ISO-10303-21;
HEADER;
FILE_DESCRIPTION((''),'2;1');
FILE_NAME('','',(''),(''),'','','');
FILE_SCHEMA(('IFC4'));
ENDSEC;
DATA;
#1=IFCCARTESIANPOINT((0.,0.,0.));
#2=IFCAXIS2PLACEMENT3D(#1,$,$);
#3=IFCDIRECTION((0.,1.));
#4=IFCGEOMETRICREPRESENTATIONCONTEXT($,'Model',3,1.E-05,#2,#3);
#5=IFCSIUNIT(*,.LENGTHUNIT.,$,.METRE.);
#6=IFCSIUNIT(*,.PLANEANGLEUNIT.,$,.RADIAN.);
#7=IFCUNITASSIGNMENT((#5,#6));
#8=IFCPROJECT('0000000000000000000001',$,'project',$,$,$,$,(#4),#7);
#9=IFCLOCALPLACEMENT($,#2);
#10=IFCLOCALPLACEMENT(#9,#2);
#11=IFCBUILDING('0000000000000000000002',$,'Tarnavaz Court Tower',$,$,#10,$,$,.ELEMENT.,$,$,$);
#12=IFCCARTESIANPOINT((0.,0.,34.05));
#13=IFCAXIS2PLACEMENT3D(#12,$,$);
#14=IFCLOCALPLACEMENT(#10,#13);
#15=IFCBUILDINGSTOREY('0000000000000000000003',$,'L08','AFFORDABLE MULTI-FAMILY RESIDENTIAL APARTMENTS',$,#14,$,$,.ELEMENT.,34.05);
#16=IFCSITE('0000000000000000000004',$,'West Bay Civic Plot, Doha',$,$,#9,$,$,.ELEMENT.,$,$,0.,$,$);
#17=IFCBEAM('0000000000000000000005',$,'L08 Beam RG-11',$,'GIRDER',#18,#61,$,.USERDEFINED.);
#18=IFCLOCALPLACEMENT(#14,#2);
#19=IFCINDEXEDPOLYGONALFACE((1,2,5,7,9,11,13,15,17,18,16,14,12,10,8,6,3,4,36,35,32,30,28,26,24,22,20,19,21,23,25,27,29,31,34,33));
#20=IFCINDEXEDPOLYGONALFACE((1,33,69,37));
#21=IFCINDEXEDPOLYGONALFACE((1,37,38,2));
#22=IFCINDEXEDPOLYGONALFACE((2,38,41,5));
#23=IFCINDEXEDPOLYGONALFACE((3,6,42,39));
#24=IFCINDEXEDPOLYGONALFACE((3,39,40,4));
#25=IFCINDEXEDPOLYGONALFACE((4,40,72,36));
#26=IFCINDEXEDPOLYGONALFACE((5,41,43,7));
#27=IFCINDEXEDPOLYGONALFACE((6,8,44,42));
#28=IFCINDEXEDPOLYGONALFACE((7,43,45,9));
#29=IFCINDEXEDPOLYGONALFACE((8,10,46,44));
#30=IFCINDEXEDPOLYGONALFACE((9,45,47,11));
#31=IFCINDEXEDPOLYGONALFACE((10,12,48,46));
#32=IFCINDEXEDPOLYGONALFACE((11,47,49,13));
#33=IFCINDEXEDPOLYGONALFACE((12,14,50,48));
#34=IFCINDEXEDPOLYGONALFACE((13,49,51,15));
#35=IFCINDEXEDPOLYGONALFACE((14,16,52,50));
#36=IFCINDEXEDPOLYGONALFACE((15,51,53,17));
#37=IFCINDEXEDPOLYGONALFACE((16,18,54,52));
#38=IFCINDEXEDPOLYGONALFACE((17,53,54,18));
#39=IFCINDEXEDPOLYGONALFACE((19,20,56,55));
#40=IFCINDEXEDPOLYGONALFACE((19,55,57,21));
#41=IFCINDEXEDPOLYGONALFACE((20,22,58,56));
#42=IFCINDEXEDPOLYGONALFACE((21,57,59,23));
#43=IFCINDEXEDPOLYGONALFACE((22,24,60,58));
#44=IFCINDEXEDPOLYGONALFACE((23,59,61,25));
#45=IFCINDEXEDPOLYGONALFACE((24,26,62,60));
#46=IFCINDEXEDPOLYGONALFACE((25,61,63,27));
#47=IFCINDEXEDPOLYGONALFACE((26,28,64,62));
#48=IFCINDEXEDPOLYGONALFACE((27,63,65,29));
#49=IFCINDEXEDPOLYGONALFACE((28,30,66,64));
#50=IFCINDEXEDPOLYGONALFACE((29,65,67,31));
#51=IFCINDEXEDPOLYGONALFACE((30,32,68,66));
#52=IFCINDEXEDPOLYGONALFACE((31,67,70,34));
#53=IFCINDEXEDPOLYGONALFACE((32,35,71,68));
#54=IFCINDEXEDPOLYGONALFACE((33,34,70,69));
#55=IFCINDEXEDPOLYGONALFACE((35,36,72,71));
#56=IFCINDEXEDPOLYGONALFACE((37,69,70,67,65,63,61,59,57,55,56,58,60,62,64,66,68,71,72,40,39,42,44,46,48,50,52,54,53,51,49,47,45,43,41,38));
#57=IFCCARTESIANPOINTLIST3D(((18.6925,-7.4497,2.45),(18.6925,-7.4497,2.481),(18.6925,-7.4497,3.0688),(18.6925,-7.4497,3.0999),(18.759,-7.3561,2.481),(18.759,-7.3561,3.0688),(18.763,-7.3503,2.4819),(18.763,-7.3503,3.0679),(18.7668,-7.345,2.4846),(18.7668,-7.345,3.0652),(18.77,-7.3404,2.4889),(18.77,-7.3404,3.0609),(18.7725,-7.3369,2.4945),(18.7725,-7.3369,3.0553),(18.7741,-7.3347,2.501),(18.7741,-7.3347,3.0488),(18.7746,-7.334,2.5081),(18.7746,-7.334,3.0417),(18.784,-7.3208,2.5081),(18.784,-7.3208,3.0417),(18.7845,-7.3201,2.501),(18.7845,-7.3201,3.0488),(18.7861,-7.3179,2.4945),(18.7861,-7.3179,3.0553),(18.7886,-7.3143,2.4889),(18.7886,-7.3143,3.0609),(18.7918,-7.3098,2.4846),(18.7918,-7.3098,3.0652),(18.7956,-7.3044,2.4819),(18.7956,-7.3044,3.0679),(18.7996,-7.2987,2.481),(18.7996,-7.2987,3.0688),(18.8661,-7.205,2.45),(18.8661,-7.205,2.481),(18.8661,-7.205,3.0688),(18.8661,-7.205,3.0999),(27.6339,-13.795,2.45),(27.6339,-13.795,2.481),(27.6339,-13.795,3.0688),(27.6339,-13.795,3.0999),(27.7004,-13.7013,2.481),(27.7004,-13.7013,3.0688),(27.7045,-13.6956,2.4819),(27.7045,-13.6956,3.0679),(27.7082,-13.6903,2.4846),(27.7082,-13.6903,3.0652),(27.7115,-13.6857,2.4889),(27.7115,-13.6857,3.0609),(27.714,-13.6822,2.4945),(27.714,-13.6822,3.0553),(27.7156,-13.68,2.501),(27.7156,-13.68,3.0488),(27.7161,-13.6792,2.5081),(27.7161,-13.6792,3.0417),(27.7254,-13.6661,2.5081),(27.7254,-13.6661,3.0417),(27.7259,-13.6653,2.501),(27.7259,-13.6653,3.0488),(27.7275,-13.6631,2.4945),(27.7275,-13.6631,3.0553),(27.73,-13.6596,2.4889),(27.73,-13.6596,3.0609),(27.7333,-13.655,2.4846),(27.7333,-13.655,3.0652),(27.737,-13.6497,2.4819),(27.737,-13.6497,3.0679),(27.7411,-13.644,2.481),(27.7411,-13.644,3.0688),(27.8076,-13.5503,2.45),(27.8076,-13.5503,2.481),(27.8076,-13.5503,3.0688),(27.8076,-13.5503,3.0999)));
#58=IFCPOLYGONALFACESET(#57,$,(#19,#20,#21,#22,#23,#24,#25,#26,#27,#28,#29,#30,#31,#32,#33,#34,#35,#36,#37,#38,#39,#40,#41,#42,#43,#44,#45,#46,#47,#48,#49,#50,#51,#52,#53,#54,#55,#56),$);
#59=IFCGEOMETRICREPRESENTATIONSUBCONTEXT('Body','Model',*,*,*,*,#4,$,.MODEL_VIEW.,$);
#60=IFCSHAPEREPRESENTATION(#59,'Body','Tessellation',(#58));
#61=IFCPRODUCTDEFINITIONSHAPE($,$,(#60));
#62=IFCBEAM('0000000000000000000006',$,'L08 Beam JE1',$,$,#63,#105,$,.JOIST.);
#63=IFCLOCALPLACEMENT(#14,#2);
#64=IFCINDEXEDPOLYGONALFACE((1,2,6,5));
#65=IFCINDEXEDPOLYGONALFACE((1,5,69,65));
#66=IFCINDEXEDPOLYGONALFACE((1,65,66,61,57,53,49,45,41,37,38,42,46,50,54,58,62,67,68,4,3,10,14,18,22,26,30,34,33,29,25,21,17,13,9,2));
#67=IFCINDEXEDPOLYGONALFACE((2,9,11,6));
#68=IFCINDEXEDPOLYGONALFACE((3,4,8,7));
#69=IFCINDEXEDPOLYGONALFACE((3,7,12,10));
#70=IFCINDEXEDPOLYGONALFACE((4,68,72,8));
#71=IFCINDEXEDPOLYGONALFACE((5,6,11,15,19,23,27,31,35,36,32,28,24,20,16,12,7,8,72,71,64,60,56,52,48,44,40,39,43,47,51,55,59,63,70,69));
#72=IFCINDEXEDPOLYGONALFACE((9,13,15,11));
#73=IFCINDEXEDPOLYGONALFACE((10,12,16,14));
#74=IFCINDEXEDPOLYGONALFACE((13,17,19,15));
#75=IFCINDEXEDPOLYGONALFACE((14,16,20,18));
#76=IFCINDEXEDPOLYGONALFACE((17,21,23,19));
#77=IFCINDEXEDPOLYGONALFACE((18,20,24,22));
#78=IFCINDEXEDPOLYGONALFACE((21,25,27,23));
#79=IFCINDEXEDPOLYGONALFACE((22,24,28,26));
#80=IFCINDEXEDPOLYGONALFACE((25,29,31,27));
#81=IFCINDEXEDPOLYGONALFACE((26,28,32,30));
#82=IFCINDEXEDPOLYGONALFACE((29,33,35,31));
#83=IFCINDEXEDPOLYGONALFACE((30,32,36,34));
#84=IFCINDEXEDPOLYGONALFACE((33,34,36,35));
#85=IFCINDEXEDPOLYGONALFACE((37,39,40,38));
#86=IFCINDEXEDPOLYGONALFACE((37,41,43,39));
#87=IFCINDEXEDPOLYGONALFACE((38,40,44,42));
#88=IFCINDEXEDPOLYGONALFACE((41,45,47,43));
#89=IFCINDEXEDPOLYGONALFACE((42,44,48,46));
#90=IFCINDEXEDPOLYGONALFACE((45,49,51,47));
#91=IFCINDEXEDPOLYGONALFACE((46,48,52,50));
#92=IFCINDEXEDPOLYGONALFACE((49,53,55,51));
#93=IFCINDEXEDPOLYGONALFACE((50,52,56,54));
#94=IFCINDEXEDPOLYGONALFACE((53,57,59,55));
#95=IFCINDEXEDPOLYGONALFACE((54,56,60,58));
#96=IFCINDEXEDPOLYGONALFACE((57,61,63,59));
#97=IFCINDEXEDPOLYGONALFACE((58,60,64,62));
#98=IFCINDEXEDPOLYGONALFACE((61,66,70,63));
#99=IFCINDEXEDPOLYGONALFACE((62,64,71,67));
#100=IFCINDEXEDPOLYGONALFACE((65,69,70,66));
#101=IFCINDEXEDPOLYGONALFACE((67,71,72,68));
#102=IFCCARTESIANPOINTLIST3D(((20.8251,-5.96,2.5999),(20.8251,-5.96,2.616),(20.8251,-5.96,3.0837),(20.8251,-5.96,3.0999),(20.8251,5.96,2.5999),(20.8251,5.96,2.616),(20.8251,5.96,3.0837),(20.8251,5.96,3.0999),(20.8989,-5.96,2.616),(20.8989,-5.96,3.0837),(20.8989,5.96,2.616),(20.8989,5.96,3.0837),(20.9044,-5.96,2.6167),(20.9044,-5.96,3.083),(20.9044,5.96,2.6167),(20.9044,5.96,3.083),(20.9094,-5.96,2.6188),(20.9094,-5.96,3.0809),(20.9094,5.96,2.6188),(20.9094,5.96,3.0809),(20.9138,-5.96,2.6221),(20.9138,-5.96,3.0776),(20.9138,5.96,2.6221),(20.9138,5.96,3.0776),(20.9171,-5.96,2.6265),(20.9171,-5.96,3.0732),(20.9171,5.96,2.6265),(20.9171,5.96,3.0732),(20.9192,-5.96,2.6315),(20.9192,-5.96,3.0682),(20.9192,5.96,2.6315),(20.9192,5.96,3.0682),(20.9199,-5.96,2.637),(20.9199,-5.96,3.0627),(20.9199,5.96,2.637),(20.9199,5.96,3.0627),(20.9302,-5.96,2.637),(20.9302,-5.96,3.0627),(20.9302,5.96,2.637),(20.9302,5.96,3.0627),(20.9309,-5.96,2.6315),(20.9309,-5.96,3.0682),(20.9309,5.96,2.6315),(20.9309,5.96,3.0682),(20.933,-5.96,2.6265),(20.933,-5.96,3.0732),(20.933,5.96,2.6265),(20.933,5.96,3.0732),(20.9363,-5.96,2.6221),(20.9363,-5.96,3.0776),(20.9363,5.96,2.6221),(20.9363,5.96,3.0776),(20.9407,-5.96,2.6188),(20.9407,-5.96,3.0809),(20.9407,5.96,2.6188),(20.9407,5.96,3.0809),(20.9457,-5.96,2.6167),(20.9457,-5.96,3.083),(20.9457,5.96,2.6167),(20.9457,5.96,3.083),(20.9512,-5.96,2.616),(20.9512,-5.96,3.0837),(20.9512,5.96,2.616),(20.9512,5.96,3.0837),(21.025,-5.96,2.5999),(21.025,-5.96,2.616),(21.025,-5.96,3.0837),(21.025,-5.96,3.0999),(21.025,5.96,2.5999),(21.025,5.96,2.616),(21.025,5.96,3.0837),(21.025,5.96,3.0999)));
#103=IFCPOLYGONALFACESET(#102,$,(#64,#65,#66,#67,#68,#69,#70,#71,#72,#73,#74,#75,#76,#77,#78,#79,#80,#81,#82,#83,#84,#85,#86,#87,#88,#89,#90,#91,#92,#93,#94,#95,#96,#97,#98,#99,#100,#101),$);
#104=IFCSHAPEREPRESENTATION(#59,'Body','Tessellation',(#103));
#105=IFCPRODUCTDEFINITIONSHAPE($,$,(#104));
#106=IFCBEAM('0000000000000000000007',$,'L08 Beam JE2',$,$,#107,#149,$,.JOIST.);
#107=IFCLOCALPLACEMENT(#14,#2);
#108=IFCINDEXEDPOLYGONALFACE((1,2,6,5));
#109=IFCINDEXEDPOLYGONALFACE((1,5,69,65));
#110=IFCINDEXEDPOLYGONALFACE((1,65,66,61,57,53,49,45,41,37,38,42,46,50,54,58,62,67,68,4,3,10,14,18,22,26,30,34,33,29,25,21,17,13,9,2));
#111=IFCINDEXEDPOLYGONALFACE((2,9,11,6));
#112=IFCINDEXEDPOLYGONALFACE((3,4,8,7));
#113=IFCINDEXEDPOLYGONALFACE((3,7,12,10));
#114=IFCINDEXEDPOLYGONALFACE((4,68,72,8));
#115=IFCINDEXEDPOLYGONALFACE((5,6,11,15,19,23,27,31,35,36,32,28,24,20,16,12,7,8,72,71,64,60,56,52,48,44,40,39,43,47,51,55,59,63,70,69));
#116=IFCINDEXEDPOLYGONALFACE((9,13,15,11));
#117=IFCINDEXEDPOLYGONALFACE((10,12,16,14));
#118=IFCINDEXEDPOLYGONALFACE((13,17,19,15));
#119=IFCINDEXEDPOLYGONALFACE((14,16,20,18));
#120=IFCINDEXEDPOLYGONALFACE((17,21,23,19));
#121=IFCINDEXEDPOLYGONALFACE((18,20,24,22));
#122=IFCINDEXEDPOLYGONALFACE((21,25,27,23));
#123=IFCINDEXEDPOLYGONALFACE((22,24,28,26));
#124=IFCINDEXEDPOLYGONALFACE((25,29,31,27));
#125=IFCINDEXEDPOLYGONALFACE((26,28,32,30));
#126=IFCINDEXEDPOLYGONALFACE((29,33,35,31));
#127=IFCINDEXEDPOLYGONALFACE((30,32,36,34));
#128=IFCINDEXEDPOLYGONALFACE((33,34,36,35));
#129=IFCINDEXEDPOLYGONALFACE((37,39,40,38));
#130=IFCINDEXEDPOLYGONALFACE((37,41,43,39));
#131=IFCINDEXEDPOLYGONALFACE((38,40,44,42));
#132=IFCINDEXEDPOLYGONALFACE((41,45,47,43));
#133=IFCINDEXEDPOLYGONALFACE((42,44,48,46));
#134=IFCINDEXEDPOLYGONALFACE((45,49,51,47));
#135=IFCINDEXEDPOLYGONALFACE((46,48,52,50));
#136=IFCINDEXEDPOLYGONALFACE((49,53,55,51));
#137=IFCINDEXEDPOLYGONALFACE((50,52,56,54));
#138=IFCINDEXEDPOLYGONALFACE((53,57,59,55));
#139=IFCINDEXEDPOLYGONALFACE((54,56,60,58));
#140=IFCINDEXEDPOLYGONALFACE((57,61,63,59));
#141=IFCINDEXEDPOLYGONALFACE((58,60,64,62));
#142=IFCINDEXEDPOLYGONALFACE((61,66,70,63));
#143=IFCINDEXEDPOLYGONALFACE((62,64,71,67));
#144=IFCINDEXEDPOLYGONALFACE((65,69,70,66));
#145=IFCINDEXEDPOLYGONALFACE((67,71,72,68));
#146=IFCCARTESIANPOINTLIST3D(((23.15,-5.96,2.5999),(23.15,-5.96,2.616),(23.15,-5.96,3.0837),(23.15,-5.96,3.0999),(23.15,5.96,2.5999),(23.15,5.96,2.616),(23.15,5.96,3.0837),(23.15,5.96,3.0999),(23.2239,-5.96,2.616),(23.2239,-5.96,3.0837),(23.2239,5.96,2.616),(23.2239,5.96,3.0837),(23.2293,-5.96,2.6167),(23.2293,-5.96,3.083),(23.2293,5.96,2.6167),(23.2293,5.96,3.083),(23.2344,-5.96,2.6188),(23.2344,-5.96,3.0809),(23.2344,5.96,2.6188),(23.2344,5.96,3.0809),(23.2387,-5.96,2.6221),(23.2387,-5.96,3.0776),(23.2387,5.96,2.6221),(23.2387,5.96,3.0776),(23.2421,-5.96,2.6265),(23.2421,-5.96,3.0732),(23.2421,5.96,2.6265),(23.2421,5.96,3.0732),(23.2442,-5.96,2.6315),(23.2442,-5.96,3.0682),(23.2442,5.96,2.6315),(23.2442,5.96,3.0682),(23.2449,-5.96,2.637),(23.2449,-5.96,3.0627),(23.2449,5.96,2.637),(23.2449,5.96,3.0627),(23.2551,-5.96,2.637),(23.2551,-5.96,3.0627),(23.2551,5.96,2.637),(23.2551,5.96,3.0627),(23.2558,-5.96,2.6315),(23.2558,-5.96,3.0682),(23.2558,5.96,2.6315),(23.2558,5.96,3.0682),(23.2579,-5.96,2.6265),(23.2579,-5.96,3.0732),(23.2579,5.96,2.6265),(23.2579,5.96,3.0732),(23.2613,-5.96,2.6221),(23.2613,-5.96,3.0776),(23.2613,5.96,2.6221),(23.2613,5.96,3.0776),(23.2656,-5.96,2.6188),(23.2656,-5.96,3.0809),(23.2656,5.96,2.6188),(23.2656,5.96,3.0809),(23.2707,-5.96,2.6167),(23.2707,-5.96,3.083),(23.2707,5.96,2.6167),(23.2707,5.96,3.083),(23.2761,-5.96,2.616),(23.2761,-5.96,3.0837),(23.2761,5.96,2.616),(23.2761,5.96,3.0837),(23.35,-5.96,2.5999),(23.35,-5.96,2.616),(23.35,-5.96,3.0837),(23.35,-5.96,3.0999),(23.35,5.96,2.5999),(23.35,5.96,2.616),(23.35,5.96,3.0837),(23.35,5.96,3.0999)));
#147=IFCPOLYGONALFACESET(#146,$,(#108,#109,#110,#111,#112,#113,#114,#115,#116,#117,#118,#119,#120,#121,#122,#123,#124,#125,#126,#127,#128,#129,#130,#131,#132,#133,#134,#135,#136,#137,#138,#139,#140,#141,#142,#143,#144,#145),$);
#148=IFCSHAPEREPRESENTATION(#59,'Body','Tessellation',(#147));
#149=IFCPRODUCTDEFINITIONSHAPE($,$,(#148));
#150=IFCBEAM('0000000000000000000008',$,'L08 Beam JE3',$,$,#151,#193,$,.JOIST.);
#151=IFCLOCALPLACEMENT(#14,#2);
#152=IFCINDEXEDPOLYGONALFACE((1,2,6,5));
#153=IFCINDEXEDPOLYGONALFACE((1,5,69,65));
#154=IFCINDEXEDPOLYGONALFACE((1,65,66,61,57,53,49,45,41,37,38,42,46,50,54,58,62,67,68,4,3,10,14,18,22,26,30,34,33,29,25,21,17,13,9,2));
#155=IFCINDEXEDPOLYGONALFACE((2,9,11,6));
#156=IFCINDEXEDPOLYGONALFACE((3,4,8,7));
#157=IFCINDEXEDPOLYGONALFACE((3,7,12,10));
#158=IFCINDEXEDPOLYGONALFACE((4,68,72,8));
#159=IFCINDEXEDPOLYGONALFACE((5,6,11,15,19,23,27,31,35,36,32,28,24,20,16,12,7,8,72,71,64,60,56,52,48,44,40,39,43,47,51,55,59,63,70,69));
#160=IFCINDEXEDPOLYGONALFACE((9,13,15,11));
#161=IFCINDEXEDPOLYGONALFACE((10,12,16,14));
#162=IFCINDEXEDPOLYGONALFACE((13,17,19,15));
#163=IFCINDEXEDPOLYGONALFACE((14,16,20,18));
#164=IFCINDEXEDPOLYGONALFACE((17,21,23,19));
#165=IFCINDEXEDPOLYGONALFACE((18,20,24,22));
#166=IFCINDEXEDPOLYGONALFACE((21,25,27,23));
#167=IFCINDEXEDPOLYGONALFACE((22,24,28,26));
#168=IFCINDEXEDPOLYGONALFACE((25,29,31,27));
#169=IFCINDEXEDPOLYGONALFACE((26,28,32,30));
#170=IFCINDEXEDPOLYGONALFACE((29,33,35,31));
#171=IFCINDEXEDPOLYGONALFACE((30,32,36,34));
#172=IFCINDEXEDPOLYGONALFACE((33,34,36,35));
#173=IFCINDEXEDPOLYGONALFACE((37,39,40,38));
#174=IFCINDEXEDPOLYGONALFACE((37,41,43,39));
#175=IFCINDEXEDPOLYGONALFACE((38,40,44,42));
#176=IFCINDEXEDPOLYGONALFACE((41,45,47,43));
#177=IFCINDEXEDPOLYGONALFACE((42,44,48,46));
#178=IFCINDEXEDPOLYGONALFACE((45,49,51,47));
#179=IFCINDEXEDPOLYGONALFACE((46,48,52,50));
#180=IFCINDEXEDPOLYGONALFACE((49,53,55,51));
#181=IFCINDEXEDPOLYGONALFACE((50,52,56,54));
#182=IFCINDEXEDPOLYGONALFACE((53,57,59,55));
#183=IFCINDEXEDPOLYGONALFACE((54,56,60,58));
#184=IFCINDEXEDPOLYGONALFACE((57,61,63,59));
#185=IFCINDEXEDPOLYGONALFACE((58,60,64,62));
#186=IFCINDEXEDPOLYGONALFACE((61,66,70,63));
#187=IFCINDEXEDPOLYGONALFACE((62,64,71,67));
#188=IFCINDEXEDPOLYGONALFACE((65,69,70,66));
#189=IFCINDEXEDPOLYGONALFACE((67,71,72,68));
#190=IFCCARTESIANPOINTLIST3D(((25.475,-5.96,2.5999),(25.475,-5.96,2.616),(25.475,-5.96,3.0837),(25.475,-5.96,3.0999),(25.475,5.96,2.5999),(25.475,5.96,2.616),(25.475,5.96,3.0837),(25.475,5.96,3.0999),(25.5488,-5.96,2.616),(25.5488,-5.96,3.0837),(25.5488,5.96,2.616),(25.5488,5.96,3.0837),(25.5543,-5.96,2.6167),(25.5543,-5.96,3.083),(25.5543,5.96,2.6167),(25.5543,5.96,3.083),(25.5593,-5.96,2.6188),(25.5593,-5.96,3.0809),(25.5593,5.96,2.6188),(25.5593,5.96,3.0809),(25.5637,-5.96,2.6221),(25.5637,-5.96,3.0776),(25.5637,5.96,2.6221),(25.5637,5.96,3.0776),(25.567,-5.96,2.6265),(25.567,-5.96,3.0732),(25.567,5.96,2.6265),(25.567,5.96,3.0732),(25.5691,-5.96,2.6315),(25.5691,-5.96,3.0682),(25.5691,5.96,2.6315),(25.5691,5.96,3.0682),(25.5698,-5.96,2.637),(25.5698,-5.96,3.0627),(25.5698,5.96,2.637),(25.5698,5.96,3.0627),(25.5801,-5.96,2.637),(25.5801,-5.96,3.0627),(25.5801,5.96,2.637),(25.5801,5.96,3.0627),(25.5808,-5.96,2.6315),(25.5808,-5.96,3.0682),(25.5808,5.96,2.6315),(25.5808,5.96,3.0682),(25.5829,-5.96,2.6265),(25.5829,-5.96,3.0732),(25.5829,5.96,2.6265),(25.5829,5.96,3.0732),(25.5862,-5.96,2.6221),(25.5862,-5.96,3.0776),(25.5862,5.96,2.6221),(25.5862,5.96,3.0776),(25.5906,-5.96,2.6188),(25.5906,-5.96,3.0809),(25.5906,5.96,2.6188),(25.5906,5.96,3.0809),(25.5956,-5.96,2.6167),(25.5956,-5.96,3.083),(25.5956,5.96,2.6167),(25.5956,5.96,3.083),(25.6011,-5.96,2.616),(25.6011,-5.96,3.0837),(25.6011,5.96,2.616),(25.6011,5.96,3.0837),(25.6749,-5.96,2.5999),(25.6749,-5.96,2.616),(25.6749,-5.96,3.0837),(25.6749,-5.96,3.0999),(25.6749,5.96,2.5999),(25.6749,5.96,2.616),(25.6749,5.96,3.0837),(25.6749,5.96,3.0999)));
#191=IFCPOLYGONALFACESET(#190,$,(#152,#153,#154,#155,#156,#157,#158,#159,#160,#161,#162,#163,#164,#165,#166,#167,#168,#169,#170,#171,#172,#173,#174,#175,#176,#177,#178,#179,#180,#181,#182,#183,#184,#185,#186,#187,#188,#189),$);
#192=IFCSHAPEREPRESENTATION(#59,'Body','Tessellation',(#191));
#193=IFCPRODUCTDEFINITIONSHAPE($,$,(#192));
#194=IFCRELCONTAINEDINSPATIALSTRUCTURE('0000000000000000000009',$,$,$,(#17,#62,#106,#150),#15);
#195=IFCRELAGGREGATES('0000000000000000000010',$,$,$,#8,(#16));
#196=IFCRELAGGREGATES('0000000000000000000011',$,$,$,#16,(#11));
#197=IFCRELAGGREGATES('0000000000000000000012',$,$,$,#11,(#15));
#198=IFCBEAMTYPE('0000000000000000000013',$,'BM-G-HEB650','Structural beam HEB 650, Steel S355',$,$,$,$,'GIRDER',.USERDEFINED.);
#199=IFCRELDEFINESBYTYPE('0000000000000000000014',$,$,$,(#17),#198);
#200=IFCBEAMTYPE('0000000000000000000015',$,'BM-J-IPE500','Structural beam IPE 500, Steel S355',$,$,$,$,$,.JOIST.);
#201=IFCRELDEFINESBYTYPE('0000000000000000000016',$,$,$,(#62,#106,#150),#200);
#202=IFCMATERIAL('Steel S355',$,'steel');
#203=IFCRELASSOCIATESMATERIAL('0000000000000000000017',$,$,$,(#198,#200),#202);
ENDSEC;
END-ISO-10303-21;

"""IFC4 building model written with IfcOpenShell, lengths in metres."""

from ifc_helpers import new_model, si_unit, direction, frame, origin, origin_2d, place, context, subcontext, project, spatial, i_section, extrude, material, material_profile, profile_set, type_object, element, save


model = new_model("IFC4")

# Units and contexts
model_context = context("Model", 3, precision=1e-05, world=origin(), true_north=direction((0.0, 1.0)))
body_context = subcontext(model_context, "Body", "Model", "MODEL_VIEW")
ifc_project = project(units=[si_unit("LENGTHUNIT", "METRE"), si_unit("PLANEANGLEUNIT", "RADIAN")], contexts=[model_context])

# Site, building, storey
site_placement = place(None, origin())
site = spatial("IfcSite", under=ifc_project, at=site_placement, Name="West Bay Civic Plot, Doha", CompositionType="ELEMENT", RefElevation=0.0)
building_placement = place(site_placement, origin())
building = spatial("IfcBuilding", under=site, at=building_placement, Name="Tarnavaz Court Tower", CompositionType="ELEMENT")
storey_placement = place(building_placement, frame((0.0, 0.0, 34.05)))
storey = spatial("IfcBuildingStorey", under=building, at=storey_placement, Name="L08", Description="AFFORDABLE MULTI-FAMILY RESIDENTIAL APARTMENTS", CompositionType="ELEMENT", Elevation=34.05)

# Beams
ifc_material_1 = material(Name="Steel S355", Category="steel")
ifc_material_profile_1 = material_profile(ifc_material_1, i_section(OverallWidth=0.3, OverallDepth=0.6499, WebThickness=0.0161, FlangeThickness=0.031, FilletRadius=0.0271, at=origin_2d()), Name="HEB 650")
ifc_profile_set_1 = profile_set([ifc_material_profile_1], Name="Steel S355")
beam_type_1 = type_object("IfcBeamType", Name="BM-G-HEB650", Description="Structural beam HEB 650, Steel S355", ElementType="GIRDER", PredefinedType="USERDEFINED", material=ifc_profile_set_1)
beam_1_placement = place(storey_placement, frame((18.7793, -7.3274, 2.7749), z_axis=(0.81552, -0.578729, 0.0), x_axis=(0.578729, 0.81552, 0.0)))
element("IfcBeam", 1, at=beam_1_placement, inside=storey, type_object=beam_type_1, Name="L08 Beam RG-11", ObjectType="GIRDER", PredefinedType="USERDEFINED", context=body_context, shape_type="SweptSolid", body=[
    extrude(i_section(OverallWidth=0.3, OverallDepth=0.6499, WebThickness=0.0161, FlangeThickness=0.031, FilletRadius=0.0271, at=origin_2d()), origin(), (0.0, 0.0, 1.0), 10.9641),
])
ifc_material_profile_2 = material_profile(ifc_material_1, i_section(OverallWidth=0.2, OverallDepth=0.5, WebThickness=0.0103, FlangeThickness=0.0161, FilletRadius=0.021, at=origin_2d()), Name="IPE 500")
ifc_profile_set_2 = profile_set([ifc_material_profile_2], Name="Steel S355")
beam_type_2 = type_object("IfcBeamType", Name="BM-J-IPE500", Description="Structural beam IPE 500, Steel S355", PredefinedType="JOIST", material=ifc_profile_set_2)
for number, where, z_axis, x_axis, name in (
    (2, (20.925, -5.96, 2.8499), (0.0, 1.0, 0.0), (-1.0, 0.0, 0.0), "L08 Beam JE1"),
    (3, (23.25, -5.96, 2.8499), (0.0, 1.0, 0.0), (-1.0, 0.0, 0.0), "L08 Beam JE2"),
    (4, (25.575, -5.96, 2.8499), (0.0, 1.0, 0.0), (-1.0, 0.0, 0.0), "L08 Beam JE3"),
):
    element("IfcBeam", number, at=place(storey_placement, frame(where, z_axis=z_axis, x_axis=x_axis)), inside=storey, type_object=beam_type_2, Name=name, PredefinedType="JOIST", context=body_context, shape_type="SweptSolid", body=[
        extrude(i_section(OverallWidth=0.2, OverallDepth=0.5, WebThickness=0.0103, FlangeThickness=0.0161, FilletRadius=0.021, at=origin_2d()), origin(), (0.0, 0.0, 1.0), 11.9199),
    ])

save(model, "model.ifc")
